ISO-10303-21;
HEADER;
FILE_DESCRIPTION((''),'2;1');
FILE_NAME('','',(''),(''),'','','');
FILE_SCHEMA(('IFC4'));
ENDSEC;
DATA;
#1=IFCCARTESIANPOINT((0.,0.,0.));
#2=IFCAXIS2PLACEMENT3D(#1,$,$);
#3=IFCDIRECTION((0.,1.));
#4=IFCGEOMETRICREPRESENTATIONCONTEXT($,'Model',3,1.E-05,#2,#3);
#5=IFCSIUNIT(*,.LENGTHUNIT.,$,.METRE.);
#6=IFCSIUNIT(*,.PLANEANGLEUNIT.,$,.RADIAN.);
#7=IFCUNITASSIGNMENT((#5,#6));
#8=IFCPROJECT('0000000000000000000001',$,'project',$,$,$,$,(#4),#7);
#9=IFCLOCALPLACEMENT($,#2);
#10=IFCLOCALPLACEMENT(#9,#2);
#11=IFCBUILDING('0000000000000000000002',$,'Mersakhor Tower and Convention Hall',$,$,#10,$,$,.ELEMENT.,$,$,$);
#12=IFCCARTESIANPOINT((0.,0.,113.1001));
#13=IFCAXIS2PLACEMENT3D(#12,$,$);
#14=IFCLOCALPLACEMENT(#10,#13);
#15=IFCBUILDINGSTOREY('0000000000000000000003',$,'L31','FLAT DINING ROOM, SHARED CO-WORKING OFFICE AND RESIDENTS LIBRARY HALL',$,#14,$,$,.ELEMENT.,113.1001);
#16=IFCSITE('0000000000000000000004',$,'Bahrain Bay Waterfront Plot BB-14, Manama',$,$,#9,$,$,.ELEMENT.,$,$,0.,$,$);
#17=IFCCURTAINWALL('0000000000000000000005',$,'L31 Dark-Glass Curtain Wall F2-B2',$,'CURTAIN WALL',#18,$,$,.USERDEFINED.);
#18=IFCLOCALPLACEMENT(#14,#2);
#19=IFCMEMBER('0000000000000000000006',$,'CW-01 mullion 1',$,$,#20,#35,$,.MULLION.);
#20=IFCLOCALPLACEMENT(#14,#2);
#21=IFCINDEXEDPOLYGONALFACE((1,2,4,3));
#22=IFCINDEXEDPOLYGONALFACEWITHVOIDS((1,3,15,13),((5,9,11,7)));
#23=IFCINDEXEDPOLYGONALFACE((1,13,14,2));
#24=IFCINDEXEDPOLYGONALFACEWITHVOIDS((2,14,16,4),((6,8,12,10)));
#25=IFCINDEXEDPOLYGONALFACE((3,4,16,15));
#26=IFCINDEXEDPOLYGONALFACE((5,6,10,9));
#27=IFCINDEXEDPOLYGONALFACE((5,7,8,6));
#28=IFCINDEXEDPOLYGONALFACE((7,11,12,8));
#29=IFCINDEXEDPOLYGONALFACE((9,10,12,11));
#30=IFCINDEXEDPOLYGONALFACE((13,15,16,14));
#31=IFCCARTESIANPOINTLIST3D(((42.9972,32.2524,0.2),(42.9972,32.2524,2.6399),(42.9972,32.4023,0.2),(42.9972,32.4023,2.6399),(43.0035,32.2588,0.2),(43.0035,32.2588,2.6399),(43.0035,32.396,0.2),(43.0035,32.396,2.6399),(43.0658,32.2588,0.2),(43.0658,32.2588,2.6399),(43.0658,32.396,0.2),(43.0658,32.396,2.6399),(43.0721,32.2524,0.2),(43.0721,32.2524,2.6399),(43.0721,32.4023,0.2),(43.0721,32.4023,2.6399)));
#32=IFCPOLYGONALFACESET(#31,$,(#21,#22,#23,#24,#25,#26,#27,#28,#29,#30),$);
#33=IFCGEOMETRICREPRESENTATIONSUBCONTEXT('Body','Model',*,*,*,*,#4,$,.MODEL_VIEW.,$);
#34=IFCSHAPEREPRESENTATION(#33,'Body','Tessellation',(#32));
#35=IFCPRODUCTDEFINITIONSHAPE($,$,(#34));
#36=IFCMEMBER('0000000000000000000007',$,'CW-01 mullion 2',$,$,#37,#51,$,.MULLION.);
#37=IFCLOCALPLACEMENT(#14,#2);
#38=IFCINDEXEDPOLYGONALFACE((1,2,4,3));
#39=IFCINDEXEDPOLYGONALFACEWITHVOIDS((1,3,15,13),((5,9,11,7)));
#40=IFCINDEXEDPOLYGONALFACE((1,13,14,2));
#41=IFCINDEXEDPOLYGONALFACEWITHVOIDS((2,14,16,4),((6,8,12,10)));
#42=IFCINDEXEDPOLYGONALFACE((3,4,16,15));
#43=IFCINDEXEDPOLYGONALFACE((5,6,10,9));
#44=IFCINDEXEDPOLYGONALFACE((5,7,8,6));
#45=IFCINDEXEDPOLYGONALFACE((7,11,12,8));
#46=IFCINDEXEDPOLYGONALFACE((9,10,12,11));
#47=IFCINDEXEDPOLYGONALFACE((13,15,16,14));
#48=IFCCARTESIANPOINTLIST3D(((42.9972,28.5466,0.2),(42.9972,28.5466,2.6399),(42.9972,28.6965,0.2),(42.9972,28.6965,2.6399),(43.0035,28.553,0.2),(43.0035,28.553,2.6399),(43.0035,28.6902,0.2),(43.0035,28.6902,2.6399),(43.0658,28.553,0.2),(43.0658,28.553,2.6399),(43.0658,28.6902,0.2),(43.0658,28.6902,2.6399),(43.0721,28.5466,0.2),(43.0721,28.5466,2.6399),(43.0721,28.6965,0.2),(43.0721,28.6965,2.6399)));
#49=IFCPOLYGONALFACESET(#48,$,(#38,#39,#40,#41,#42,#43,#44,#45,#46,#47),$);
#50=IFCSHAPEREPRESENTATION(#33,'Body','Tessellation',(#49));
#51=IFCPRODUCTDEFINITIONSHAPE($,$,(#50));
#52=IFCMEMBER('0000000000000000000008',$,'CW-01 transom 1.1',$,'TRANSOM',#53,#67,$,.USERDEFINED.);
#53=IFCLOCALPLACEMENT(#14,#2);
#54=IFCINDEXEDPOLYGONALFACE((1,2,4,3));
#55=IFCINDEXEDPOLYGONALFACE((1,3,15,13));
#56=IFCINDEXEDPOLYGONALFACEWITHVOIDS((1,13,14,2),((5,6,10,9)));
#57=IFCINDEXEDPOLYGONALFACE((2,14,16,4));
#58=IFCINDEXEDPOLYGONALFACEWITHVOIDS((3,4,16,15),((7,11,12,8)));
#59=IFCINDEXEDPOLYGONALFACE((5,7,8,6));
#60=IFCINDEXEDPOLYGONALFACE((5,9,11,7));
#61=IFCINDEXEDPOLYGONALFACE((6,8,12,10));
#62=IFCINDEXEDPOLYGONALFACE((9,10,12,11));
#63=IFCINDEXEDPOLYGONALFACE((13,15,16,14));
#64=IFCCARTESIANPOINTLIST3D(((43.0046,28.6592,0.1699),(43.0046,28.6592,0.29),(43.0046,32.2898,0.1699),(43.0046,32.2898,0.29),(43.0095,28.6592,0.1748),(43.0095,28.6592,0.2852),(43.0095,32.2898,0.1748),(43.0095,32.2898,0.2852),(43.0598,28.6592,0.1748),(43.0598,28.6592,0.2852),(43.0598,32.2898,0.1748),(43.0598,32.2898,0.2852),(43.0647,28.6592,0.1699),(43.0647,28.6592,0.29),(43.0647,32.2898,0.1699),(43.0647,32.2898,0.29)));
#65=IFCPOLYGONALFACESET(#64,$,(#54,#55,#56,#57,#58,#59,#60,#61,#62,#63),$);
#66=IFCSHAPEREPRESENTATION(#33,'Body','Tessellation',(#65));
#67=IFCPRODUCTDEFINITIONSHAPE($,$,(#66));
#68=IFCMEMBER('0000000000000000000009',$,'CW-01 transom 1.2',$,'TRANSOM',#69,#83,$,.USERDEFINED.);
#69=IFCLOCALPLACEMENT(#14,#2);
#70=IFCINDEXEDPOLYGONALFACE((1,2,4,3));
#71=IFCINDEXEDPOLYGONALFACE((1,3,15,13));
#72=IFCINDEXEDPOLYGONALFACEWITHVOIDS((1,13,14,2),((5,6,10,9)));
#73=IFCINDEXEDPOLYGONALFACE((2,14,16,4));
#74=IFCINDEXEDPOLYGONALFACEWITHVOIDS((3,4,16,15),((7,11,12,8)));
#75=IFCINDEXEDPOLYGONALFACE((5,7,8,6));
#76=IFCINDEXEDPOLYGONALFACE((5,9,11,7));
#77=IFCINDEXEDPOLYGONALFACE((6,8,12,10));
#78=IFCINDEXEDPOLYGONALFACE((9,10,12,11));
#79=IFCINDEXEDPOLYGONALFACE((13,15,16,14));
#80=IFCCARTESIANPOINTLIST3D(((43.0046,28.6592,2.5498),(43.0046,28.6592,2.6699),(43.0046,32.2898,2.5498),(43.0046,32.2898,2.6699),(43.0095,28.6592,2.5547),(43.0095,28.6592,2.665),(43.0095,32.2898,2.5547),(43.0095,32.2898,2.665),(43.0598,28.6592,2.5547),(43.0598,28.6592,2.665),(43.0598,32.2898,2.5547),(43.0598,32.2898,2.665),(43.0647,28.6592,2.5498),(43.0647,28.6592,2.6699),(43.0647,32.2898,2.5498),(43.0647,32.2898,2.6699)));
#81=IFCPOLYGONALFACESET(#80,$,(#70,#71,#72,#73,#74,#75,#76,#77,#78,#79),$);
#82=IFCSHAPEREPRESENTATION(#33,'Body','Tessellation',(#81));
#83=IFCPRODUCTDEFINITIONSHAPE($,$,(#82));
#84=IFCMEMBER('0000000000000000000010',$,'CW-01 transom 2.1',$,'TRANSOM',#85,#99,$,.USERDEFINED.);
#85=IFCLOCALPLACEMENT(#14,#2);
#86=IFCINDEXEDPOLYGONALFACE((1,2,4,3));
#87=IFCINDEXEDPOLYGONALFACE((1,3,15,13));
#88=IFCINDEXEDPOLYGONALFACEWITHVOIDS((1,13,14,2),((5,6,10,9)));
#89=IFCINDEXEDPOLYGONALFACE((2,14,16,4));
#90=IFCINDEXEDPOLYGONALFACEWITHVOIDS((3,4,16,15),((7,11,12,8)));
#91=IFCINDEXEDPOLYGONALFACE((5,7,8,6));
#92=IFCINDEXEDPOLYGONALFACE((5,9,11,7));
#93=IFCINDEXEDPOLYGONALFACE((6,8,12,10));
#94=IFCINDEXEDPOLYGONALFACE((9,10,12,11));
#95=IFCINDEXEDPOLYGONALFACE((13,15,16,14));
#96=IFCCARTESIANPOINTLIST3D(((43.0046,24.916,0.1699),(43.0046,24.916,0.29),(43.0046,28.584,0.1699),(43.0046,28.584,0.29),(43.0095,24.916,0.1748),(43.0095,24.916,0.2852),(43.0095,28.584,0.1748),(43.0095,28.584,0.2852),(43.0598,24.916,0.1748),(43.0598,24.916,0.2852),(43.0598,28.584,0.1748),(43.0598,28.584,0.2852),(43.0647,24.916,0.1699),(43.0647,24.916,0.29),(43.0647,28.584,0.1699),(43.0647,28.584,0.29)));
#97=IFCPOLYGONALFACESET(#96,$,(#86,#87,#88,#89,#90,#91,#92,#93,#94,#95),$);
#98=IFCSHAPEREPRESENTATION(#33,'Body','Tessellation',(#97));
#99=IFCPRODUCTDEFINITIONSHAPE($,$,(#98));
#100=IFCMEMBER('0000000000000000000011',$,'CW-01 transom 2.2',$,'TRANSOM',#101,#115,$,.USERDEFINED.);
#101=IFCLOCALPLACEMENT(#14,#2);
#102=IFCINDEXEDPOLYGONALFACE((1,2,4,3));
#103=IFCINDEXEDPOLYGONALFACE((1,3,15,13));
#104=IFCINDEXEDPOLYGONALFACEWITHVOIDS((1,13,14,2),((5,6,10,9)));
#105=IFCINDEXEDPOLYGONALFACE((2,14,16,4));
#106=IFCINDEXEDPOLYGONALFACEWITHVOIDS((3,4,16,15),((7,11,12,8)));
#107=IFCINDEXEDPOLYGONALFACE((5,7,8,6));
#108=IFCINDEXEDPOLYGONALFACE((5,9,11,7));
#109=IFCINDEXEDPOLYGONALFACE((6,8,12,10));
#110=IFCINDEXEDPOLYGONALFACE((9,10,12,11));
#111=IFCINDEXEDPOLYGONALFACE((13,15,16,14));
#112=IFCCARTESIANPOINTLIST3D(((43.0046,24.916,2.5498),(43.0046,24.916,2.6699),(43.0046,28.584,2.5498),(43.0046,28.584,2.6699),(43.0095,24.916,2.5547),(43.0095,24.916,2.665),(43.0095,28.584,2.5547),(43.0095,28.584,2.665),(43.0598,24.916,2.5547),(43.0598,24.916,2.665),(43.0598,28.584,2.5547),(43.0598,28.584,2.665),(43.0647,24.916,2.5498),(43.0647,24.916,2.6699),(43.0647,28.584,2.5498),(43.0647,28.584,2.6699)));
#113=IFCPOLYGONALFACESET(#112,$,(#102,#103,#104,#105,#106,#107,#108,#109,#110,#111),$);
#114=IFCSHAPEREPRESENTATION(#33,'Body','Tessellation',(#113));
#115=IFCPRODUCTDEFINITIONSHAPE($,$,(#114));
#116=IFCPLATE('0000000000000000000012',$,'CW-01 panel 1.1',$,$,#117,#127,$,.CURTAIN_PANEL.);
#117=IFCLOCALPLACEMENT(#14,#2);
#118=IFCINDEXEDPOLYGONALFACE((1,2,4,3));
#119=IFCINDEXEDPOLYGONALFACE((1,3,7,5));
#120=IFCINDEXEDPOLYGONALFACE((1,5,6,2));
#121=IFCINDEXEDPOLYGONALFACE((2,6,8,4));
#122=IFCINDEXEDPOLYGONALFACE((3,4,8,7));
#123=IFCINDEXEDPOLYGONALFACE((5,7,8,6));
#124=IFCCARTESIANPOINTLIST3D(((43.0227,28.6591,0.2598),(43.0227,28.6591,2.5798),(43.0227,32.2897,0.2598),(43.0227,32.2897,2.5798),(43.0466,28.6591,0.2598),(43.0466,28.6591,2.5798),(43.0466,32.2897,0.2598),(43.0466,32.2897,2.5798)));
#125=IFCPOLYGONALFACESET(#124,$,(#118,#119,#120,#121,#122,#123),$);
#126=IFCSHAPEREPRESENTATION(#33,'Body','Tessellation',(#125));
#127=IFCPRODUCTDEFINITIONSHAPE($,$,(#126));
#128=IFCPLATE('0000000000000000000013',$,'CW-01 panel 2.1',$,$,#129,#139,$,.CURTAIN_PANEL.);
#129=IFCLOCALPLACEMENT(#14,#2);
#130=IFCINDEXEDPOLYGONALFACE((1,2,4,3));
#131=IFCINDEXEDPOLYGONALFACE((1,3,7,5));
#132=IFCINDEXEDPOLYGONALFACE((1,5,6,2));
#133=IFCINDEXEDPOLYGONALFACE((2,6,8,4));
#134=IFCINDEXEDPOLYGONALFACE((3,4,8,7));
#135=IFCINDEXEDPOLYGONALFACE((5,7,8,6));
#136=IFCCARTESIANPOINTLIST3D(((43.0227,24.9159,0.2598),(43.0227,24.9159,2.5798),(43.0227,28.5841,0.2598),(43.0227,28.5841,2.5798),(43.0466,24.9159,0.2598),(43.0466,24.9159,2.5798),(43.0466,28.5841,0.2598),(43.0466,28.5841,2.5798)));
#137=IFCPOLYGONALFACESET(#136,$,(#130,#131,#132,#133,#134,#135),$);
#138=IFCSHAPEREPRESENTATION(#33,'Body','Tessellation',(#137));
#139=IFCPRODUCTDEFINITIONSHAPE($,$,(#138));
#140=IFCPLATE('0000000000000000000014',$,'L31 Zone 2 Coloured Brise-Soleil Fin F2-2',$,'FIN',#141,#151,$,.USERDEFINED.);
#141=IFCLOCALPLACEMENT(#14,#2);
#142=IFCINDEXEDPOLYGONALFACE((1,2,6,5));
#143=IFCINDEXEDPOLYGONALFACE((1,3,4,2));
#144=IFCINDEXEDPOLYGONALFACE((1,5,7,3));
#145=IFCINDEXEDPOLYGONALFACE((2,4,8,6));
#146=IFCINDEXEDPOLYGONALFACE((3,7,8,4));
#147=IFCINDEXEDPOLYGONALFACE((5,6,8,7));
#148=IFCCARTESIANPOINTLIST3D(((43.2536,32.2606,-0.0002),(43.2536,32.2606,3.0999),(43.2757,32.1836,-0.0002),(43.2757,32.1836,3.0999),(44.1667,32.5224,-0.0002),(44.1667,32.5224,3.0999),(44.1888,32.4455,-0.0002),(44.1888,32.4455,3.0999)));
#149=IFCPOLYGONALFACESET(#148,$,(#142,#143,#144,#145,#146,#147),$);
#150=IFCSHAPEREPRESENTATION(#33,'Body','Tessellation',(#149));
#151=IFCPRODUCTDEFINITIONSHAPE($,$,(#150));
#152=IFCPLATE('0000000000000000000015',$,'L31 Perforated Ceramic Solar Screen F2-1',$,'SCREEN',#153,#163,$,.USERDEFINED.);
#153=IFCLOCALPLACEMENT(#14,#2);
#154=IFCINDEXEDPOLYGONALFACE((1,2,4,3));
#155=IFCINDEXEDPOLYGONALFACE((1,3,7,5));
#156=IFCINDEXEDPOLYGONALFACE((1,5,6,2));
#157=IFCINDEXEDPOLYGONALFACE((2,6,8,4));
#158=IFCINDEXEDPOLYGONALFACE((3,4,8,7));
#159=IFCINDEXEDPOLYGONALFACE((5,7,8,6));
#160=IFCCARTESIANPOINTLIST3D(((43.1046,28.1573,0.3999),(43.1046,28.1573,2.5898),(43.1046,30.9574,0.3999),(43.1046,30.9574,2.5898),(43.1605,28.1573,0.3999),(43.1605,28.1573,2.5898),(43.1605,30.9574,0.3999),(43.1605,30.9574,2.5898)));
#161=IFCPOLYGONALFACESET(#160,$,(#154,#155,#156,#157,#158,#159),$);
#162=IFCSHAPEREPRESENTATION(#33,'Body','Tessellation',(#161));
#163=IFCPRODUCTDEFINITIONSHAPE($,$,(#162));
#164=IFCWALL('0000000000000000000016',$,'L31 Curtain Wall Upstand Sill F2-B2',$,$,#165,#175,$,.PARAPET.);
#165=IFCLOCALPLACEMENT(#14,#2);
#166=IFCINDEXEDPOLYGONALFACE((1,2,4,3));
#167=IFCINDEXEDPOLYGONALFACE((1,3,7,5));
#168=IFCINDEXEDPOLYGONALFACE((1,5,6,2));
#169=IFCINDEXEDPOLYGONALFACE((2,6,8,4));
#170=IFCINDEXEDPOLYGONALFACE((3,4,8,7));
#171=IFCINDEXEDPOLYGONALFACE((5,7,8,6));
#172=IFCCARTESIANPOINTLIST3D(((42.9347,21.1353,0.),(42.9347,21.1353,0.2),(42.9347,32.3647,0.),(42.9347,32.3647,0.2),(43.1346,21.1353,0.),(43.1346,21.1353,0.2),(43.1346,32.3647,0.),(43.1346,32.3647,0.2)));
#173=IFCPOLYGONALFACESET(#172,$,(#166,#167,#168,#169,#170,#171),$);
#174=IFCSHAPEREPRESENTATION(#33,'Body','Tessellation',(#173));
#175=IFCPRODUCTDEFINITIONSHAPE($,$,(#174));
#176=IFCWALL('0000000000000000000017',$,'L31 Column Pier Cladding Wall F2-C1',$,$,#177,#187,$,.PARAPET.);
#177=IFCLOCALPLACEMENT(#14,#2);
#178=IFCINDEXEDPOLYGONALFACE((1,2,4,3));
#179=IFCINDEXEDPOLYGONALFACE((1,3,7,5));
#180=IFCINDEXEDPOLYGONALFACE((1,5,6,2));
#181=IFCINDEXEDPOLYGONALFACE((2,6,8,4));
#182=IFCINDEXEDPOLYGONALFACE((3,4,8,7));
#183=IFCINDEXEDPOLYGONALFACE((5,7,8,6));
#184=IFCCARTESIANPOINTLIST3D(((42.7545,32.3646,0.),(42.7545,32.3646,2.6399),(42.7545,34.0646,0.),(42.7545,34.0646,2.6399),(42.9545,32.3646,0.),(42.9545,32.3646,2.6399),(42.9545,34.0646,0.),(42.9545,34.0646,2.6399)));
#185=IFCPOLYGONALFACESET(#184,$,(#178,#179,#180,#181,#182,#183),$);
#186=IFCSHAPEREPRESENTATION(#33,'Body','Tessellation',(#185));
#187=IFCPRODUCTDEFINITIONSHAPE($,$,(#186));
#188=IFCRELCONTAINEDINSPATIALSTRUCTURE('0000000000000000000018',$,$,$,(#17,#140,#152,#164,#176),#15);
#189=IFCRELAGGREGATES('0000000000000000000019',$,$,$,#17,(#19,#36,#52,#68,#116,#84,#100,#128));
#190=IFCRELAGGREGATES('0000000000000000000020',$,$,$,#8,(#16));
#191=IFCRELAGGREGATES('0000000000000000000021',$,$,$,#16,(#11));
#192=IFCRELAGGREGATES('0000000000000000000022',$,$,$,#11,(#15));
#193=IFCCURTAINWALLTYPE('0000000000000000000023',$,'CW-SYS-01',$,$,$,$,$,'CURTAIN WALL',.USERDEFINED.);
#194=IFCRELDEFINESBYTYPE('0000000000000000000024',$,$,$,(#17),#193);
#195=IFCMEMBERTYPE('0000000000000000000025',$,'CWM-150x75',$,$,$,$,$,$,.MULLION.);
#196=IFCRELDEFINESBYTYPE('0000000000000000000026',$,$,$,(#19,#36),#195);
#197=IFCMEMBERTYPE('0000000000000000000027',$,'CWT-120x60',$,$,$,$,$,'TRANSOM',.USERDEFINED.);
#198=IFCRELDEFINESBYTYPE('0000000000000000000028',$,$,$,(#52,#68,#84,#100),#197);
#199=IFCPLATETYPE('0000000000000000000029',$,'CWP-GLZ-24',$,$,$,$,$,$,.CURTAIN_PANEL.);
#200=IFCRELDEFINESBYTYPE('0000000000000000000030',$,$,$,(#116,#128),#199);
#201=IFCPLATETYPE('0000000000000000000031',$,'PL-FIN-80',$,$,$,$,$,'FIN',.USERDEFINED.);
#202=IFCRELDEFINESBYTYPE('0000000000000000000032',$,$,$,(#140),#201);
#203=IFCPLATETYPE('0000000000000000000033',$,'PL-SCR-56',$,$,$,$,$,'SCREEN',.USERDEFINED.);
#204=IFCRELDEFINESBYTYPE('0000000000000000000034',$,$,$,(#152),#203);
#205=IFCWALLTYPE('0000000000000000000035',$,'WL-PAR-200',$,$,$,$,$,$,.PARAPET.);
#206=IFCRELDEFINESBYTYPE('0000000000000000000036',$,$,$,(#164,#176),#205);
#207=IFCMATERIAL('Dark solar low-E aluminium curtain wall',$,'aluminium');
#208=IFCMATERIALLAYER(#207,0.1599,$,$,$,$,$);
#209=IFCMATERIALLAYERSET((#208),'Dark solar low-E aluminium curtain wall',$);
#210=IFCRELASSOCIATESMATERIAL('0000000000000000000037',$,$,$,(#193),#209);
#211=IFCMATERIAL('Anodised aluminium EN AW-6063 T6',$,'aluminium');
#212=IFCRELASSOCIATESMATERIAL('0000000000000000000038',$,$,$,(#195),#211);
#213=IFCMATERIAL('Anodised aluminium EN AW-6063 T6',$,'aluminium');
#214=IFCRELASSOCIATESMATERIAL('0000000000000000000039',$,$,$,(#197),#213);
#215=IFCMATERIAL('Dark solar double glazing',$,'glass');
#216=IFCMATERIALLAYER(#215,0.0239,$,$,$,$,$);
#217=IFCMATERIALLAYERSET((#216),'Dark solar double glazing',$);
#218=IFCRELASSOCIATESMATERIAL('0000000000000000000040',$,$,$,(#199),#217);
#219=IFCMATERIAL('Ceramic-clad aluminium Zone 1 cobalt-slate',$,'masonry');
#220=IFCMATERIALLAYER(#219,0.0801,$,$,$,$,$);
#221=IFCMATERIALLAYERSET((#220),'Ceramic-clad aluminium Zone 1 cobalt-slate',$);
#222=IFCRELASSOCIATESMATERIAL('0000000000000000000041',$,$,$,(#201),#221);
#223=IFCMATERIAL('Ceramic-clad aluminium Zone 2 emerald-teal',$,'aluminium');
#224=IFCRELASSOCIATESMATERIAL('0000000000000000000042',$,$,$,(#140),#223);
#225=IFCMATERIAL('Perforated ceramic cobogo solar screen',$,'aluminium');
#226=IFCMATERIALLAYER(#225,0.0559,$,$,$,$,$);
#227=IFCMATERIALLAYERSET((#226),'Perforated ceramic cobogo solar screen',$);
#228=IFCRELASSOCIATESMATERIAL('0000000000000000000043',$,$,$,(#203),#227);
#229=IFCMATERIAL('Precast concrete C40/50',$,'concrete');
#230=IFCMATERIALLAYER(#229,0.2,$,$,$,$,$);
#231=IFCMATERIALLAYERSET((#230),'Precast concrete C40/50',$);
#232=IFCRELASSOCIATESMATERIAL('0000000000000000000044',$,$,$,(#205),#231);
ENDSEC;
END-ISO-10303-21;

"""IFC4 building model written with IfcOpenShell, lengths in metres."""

from ifc_helpers import new_model, si_unit, direction, frame, frame_2d, origin, origin_2d, place, context, subcontext, project, spatial, rectangle, hollow_rectangle, extrude, material, layer, layer_set, material_profile, profile_set, type_object, element, aggregate, save


model = new_model("IFC4")

# Units and contexts
model_context = context("Model", 3, precision=1e-05, world=origin(), true_north=direction((0.0, 1.0)))
body_context = subcontext(model_context, "Body", "Model", "MODEL_VIEW")
ifc_project = project(units=[si_unit("LENGTHUNIT", "METRE"), si_unit("PLANEANGLEUNIT", "RADIAN")], contexts=[model_context])

# Site, building, storey
site_placement = place(None, origin())
site = spatial("IfcSite", under=ifc_project, at=site_placement, Name="Bahrain Bay Waterfront Plot BB-14, Manama", CompositionType="ELEMENT", RefElevation=0.0)
building_placement = place(site_placement, origin())
building = spatial("IfcBuilding", under=site, at=building_placement, Name="Mersakhor Tower and Convention Hall", CompositionType="ELEMENT")
storey_placement = place(building_placement, frame((0.0, 0.0, 113.1001)))
storey = spatial("IfcBuildingStorey", under=building, at=storey_placement, Name="L31", Description="FLAT DINING ROOM, SHARED CO-WORKING OFFICE AND RESIDENTS LIBRARY HALL", CompositionType="ELEMENT", Elevation=113.1001)

# Curtain wall, members, plates
ifc_material_1 = material(Name="Dark solar low-E aluminium curtain wall", Category="aluminium")
ifc_layer_1 = layer(ifc_material_1, 0.1599)
ifc_layer_set_1 = layer_set([ifc_layer_1], Name="Dark solar low-E aluminium curtain wall")
curtain_wall_type = type_object("IfcCurtainWallType", Name="CW-SYS-01", ElementType="CURTAIN WALL", PredefinedType="USERDEFINED", material=ifc_layer_set_1)
curtain_wall_placement = place(storey_placement, origin())
curtain_wall = element("IfcCurtainWall", 1, at=curtain_wall_placement, inside=storey, type_object=curtain_wall_type, Name="L31 Dark-Glass Curtain Wall F2-B2", ObjectType="CURTAIN WALL", PredefinedType="USERDEFINED")
ifc_material_2 = material(Name="Anodised aluminium EN AW-6063 T6", Category="aluminium")
ifc_material_profile_1 = material_profile(ifc_material_2, hollow_rectangle(XDim=0.075, YDim=0.1499, WallThickness=0.0063, at=origin_2d()), Name="RHS 150x75x6.3")
ifc_profile_set_1 = profile_set([ifc_material_profile_1], Name="Anodised aluminium EN AW-6063 T6")
member_type_1 = type_object("IfcMemberType", Name="CWM-150x75", PredefinedType="MULLION", material=ifc_profile_set_1)
member_1_placement = place(storey_placement, frame((43.0347, 32.3274, 0.2), z_axis=(0.0, 0.0, 1.0), x_axis=(1.0, 0.0, 0.0)))
member_1 = element("IfcMember", 2, at=member_1_placement, type_object=member_type_1, Name="CW-01 mullion 1", PredefinedType="MULLION", context=body_context, shape_type="SweptSolid", body=[
    extrude(hollow_rectangle(XDim=0.075, YDim=0.1499, WallThickness=0.0063, at=origin_2d()), origin(), (0.0, 0.0, 1.0), 2.4399),
])
member_2_placement = place(storey_placement, frame((43.0347, 28.6216, 0.2), z_axis=(0.0, 0.0, 1.0), x_axis=(1.0, 0.0, 0.0)))
member_2 = element("IfcMember", 3, at=member_2_placement, type_object=member_type_1, Name="CW-01 mullion 2", PredefinedType="MULLION", context=body_context, shape_type="SweptSolid", body=[
    extrude(hollow_rectangle(XDim=0.075, YDim=0.1499, WallThickness=0.0063, at=origin_2d()), origin(), (0.0, 0.0, 1.0), 2.4399),
])
ifc_material_3 = material(Name="Anodised aluminium EN AW-6063 T6", Category="aluminium")
ifc_material_profile_2 = material_profile(ifc_material_3, hollow_rectangle(XDim=0.0601, YDim=0.1201, WallThickness=0.0049, at=origin_2d()), Name="RHS 120x60x5")
ifc_profile_set_2 = profile_set([ifc_material_profile_2], Name="Anodised aluminium EN AW-6063 T6")
member_type_2 = type_object("IfcMemberType", Name="CWT-120x60", ElementType="TRANSOM", PredefinedType="USERDEFINED", material=ifc_profile_set_2)
member_3_placement = place(storey_placement, frame((43.0347, 32.2898, 0.23), z_axis=(0.0, -1.0, 0.0), x_axis=(1.0, 0.0, 0.0)))
member_3 = element("IfcMember", 4, at=member_3_placement, type_object=member_type_2, Name="CW-01 transom 1.1", ObjectType="TRANSOM", PredefinedType="USERDEFINED", context=body_context, shape_type="SweptSolid", body=[
    extrude(hollow_rectangle(XDim=0.0601, YDim=0.1201, WallThickness=0.0049, at=origin_2d()), origin(), (0.0, 0.0, 1.0), 3.6306),
])
member_4_placement = place(storey_placement, frame((43.0347, 32.2898, 2.6099), z_axis=(0.0, -1.0, 0.0), x_axis=(1.0, 0.0, 0.0)))
member_4 = element("IfcMember", 5, at=member_4_placement, type_object=member_type_2, Name="CW-01 transom 1.2", ObjectType="TRANSOM", PredefinedType="USERDEFINED", context=body_context, shape_type="SweptSolid", body=[
    extrude(hollow_rectangle(XDim=0.0601, YDim=0.1201, WallThickness=0.0049, at=origin_2d()), origin(), (0.0, 0.0, 1.0), 3.6306),
])
member_5_placement = place(storey_placement, frame((43.0347, 28.584, 0.23), z_axis=(0.0, -1.0, 0.0), x_axis=(1.0, 0.0, 0.0)))
member_5 = element("IfcMember", 6, at=member_5_placement, type_object=member_type_2, Name="CW-01 transom 2.1", ObjectType="TRANSOM", PredefinedType="USERDEFINED", context=body_context, shape_type="SweptSolid", body=[
    extrude(hollow_rectangle(XDim=0.0601, YDim=0.1201, WallThickness=0.0049, at=origin_2d()), origin(), (0.0, 0.0, 1.0), 3.668),
])
member_6_placement = place(storey_placement, frame((43.0347, 28.584, 2.6099), z_axis=(0.0, -1.0, 0.0), x_axis=(1.0, 0.0, 0.0)))
member_6 = element("IfcMember", 7, at=member_6_placement, type_object=member_type_2, Name="CW-01 transom 2.2", ObjectType="TRANSOM", PredefinedType="USERDEFINED", context=body_context, shape_type="SweptSolid", body=[
    extrude(hollow_rectangle(XDim=0.0601, YDim=0.1201, WallThickness=0.0049, at=origin_2d()), origin(), (0.0, 0.0, 1.0), 3.668),
])
ifc_material_4 = material(Name="Dark solar double glazing", Category="glass")
ifc_layer_2 = layer(ifc_material_4, 0.0239)
ifc_layer_set_2 = layer_set([ifc_layer_2], Name="Dark solar double glazing")
plate_type_1 = type_object("IfcPlateType", Name="CWP-GLZ-24", PredefinedType="CURTAIN_PANEL", material=ifc_layer_set_2)
plate_1_placement = place(storey_placement, frame((43.0347, 30.4744, 0.2598), z_axis=(0.0, 0.0, 1.0), x_axis=(0.0, -1.0, 0.0)))
plate_1 = element("IfcPlate", 8, at=plate_1_placement, type_object=plate_type_1, Name="CW-01 panel 1.1", PredefinedType="CURTAIN_PANEL", context=body_context, shape_type="SweptSolid", body=[
    extrude(rectangle(XDim=3.6306, YDim=0.0239, at=origin_2d()), origin(), (0.0, 0.0, 1.0), 2.3201),
])
plate_2_placement = place(storey_placement, frame((43.0347, 26.75, 0.2598), z_axis=(0.0, 0.0, 1.0), x_axis=(0.0, -1.0, 0.0)))
plate_2 = element("IfcPlate", 9, at=plate_2_placement, type_object=plate_type_1, Name="CW-01 panel 2.1", PredefinedType="CURTAIN_PANEL", context=body_context, shape_type="SweptSolid", body=[
    extrude(rectangle(XDim=3.6682, YDim=0.0239, at=origin_2d()), origin(), (0.0, 0.0, 1.0), 2.3201),
])
aggregate(curtain_wall, [member_1, member_2, member_3, member_4, plate_1, member_5, member_6, plate_2])

# Plates
ifc_material_5 = material(Name="Ceramic-clad aluminium Zone 2 emerald-teal", Category="aluminium")
ifc_material_6 = material(Name="Ceramic-clad aluminium Zone 1 cobalt-slate", Category="masonry")
ifc_layer_3 = layer(ifc_material_6, 0.0801)
ifc_layer_set_3 = layer_set([ifc_layer_3], Name="Ceramic-clad aluminium Zone 1 cobalt-slate")
plate_type_2 = type_object("IfcPlateType", Name="PL-FIN-80", ElementType="FIN", PredefinedType="USERDEFINED", material=ifc_layer_set_3)
plate_3_placement = place(storey_placement, frame((43.7212, 32.353, -0.0002), z_axis=(0.0, 0.0, 1.0), x_axis=(0.961262, 0.275637, 0.0)))
element("IfcPlate", 10, at=plate_3_placement, inside=storey, type_object=plate_type_2, material=ifc_material_5, Name="L31 Zone 2 Coloured Brise-Soleil Fin F2-2", ObjectType="FIN", PredefinedType="USERDEFINED", context=body_context, shape_type="SweptSolid", body=[
    extrude(rectangle(XDim=0.95, YDim=0.0801, at=origin_2d()), origin(), (0.0, 0.0, 1.0), 3.1001),
])
ifc_material_7 = material(Name="Perforated ceramic cobogo solar screen", Category="aluminium")
ifc_layer_4 = layer(ifc_material_7, 0.0559)
ifc_layer_set_4 = layer_set([ifc_layer_4], Name="Perforated ceramic cobogo solar screen")
plate_type_3 = type_object("IfcPlateType", Name="PL-SCR-56", ElementType="SCREEN", PredefinedType="USERDEFINED", material=ifc_layer_set_4)
plate_4_placement = place(storey_placement, frame((43.1326, 29.5574, 0.3999), z_axis=(0.0, 0.0, 1.0), x_axis=(0.0, -1.0, 0.0)))
element("IfcPlate", 11, at=plate_4_placement, inside=storey, type_object=plate_type_3, Name="L31 Perforated Ceramic Solar Screen F2-1", ObjectType="SCREEN", PredefinedType="USERDEFINED", context=body_context, shape_type="SweptSolid", body=[
    extrude(rectangle(XDim=2.8, YDim=0.0559, at=origin_2d()), origin(), (0.0, 0.0, 1.0), 2.1899),
])

# Walls
ifc_material_8 = material(Name="Precast concrete C40/50", Category="concrete")
ifc_layer_5 = layer(ifc_material_8, 0.2)
ifc_layer_set_5 = layer_set([ifc_layer_5], Name="Precast concrete C40/50")
wall_type_1 = type_object("IfcWallType", Name="WL-PAR-200", PredefinedType="PARAPET", material=ifc_layer_set_5)
wall_1_placement = place(storey_placement, frame((43.0347, 32.3647, 0.0), z_axis=(0.0, 0.0, 1.0), x_axis=(0.0, -1.0, 0.0)))
element("IfcWall", 12, at=wall_1_placement, inside=storey, type_object=wall_type_1, Name="L31 Curtain Wall Upstand Sill F2-B2", PredefinedType="PARAPET", context=body_context, shape_type="SweptSolid", body=[
    extrude(rectangle(XDim=11.2295, YDim=0.2, at=frame_2d((5.6147, 0.0))), origin(), (0.0, 0.0, 1.0), 0.2),
])
wall_2_placement = place(storey_placement, frame((42.8545, 34.0647, 0.0), z_axis=(0.0, 0.0, 1.0), x_axis=(0.0, -1.0, 0.0)))
element("IfcWall", 13, at=wall_2_placement, inside=storey, type_object=wall_type_1, Name="L31 Column Pier Cladding Wall F2-C1", PredefinedType="PARAPET", context=body_context, shape_type="SweptSolid", body=[
    extrude(rectangle(XDim=1.7, YDim=0.2, at=frame_2d((0.8501, 0.0))), origin(), (0.0, 0.0, 1.0), 2.6399),
])

save(model, "model.ifc")
